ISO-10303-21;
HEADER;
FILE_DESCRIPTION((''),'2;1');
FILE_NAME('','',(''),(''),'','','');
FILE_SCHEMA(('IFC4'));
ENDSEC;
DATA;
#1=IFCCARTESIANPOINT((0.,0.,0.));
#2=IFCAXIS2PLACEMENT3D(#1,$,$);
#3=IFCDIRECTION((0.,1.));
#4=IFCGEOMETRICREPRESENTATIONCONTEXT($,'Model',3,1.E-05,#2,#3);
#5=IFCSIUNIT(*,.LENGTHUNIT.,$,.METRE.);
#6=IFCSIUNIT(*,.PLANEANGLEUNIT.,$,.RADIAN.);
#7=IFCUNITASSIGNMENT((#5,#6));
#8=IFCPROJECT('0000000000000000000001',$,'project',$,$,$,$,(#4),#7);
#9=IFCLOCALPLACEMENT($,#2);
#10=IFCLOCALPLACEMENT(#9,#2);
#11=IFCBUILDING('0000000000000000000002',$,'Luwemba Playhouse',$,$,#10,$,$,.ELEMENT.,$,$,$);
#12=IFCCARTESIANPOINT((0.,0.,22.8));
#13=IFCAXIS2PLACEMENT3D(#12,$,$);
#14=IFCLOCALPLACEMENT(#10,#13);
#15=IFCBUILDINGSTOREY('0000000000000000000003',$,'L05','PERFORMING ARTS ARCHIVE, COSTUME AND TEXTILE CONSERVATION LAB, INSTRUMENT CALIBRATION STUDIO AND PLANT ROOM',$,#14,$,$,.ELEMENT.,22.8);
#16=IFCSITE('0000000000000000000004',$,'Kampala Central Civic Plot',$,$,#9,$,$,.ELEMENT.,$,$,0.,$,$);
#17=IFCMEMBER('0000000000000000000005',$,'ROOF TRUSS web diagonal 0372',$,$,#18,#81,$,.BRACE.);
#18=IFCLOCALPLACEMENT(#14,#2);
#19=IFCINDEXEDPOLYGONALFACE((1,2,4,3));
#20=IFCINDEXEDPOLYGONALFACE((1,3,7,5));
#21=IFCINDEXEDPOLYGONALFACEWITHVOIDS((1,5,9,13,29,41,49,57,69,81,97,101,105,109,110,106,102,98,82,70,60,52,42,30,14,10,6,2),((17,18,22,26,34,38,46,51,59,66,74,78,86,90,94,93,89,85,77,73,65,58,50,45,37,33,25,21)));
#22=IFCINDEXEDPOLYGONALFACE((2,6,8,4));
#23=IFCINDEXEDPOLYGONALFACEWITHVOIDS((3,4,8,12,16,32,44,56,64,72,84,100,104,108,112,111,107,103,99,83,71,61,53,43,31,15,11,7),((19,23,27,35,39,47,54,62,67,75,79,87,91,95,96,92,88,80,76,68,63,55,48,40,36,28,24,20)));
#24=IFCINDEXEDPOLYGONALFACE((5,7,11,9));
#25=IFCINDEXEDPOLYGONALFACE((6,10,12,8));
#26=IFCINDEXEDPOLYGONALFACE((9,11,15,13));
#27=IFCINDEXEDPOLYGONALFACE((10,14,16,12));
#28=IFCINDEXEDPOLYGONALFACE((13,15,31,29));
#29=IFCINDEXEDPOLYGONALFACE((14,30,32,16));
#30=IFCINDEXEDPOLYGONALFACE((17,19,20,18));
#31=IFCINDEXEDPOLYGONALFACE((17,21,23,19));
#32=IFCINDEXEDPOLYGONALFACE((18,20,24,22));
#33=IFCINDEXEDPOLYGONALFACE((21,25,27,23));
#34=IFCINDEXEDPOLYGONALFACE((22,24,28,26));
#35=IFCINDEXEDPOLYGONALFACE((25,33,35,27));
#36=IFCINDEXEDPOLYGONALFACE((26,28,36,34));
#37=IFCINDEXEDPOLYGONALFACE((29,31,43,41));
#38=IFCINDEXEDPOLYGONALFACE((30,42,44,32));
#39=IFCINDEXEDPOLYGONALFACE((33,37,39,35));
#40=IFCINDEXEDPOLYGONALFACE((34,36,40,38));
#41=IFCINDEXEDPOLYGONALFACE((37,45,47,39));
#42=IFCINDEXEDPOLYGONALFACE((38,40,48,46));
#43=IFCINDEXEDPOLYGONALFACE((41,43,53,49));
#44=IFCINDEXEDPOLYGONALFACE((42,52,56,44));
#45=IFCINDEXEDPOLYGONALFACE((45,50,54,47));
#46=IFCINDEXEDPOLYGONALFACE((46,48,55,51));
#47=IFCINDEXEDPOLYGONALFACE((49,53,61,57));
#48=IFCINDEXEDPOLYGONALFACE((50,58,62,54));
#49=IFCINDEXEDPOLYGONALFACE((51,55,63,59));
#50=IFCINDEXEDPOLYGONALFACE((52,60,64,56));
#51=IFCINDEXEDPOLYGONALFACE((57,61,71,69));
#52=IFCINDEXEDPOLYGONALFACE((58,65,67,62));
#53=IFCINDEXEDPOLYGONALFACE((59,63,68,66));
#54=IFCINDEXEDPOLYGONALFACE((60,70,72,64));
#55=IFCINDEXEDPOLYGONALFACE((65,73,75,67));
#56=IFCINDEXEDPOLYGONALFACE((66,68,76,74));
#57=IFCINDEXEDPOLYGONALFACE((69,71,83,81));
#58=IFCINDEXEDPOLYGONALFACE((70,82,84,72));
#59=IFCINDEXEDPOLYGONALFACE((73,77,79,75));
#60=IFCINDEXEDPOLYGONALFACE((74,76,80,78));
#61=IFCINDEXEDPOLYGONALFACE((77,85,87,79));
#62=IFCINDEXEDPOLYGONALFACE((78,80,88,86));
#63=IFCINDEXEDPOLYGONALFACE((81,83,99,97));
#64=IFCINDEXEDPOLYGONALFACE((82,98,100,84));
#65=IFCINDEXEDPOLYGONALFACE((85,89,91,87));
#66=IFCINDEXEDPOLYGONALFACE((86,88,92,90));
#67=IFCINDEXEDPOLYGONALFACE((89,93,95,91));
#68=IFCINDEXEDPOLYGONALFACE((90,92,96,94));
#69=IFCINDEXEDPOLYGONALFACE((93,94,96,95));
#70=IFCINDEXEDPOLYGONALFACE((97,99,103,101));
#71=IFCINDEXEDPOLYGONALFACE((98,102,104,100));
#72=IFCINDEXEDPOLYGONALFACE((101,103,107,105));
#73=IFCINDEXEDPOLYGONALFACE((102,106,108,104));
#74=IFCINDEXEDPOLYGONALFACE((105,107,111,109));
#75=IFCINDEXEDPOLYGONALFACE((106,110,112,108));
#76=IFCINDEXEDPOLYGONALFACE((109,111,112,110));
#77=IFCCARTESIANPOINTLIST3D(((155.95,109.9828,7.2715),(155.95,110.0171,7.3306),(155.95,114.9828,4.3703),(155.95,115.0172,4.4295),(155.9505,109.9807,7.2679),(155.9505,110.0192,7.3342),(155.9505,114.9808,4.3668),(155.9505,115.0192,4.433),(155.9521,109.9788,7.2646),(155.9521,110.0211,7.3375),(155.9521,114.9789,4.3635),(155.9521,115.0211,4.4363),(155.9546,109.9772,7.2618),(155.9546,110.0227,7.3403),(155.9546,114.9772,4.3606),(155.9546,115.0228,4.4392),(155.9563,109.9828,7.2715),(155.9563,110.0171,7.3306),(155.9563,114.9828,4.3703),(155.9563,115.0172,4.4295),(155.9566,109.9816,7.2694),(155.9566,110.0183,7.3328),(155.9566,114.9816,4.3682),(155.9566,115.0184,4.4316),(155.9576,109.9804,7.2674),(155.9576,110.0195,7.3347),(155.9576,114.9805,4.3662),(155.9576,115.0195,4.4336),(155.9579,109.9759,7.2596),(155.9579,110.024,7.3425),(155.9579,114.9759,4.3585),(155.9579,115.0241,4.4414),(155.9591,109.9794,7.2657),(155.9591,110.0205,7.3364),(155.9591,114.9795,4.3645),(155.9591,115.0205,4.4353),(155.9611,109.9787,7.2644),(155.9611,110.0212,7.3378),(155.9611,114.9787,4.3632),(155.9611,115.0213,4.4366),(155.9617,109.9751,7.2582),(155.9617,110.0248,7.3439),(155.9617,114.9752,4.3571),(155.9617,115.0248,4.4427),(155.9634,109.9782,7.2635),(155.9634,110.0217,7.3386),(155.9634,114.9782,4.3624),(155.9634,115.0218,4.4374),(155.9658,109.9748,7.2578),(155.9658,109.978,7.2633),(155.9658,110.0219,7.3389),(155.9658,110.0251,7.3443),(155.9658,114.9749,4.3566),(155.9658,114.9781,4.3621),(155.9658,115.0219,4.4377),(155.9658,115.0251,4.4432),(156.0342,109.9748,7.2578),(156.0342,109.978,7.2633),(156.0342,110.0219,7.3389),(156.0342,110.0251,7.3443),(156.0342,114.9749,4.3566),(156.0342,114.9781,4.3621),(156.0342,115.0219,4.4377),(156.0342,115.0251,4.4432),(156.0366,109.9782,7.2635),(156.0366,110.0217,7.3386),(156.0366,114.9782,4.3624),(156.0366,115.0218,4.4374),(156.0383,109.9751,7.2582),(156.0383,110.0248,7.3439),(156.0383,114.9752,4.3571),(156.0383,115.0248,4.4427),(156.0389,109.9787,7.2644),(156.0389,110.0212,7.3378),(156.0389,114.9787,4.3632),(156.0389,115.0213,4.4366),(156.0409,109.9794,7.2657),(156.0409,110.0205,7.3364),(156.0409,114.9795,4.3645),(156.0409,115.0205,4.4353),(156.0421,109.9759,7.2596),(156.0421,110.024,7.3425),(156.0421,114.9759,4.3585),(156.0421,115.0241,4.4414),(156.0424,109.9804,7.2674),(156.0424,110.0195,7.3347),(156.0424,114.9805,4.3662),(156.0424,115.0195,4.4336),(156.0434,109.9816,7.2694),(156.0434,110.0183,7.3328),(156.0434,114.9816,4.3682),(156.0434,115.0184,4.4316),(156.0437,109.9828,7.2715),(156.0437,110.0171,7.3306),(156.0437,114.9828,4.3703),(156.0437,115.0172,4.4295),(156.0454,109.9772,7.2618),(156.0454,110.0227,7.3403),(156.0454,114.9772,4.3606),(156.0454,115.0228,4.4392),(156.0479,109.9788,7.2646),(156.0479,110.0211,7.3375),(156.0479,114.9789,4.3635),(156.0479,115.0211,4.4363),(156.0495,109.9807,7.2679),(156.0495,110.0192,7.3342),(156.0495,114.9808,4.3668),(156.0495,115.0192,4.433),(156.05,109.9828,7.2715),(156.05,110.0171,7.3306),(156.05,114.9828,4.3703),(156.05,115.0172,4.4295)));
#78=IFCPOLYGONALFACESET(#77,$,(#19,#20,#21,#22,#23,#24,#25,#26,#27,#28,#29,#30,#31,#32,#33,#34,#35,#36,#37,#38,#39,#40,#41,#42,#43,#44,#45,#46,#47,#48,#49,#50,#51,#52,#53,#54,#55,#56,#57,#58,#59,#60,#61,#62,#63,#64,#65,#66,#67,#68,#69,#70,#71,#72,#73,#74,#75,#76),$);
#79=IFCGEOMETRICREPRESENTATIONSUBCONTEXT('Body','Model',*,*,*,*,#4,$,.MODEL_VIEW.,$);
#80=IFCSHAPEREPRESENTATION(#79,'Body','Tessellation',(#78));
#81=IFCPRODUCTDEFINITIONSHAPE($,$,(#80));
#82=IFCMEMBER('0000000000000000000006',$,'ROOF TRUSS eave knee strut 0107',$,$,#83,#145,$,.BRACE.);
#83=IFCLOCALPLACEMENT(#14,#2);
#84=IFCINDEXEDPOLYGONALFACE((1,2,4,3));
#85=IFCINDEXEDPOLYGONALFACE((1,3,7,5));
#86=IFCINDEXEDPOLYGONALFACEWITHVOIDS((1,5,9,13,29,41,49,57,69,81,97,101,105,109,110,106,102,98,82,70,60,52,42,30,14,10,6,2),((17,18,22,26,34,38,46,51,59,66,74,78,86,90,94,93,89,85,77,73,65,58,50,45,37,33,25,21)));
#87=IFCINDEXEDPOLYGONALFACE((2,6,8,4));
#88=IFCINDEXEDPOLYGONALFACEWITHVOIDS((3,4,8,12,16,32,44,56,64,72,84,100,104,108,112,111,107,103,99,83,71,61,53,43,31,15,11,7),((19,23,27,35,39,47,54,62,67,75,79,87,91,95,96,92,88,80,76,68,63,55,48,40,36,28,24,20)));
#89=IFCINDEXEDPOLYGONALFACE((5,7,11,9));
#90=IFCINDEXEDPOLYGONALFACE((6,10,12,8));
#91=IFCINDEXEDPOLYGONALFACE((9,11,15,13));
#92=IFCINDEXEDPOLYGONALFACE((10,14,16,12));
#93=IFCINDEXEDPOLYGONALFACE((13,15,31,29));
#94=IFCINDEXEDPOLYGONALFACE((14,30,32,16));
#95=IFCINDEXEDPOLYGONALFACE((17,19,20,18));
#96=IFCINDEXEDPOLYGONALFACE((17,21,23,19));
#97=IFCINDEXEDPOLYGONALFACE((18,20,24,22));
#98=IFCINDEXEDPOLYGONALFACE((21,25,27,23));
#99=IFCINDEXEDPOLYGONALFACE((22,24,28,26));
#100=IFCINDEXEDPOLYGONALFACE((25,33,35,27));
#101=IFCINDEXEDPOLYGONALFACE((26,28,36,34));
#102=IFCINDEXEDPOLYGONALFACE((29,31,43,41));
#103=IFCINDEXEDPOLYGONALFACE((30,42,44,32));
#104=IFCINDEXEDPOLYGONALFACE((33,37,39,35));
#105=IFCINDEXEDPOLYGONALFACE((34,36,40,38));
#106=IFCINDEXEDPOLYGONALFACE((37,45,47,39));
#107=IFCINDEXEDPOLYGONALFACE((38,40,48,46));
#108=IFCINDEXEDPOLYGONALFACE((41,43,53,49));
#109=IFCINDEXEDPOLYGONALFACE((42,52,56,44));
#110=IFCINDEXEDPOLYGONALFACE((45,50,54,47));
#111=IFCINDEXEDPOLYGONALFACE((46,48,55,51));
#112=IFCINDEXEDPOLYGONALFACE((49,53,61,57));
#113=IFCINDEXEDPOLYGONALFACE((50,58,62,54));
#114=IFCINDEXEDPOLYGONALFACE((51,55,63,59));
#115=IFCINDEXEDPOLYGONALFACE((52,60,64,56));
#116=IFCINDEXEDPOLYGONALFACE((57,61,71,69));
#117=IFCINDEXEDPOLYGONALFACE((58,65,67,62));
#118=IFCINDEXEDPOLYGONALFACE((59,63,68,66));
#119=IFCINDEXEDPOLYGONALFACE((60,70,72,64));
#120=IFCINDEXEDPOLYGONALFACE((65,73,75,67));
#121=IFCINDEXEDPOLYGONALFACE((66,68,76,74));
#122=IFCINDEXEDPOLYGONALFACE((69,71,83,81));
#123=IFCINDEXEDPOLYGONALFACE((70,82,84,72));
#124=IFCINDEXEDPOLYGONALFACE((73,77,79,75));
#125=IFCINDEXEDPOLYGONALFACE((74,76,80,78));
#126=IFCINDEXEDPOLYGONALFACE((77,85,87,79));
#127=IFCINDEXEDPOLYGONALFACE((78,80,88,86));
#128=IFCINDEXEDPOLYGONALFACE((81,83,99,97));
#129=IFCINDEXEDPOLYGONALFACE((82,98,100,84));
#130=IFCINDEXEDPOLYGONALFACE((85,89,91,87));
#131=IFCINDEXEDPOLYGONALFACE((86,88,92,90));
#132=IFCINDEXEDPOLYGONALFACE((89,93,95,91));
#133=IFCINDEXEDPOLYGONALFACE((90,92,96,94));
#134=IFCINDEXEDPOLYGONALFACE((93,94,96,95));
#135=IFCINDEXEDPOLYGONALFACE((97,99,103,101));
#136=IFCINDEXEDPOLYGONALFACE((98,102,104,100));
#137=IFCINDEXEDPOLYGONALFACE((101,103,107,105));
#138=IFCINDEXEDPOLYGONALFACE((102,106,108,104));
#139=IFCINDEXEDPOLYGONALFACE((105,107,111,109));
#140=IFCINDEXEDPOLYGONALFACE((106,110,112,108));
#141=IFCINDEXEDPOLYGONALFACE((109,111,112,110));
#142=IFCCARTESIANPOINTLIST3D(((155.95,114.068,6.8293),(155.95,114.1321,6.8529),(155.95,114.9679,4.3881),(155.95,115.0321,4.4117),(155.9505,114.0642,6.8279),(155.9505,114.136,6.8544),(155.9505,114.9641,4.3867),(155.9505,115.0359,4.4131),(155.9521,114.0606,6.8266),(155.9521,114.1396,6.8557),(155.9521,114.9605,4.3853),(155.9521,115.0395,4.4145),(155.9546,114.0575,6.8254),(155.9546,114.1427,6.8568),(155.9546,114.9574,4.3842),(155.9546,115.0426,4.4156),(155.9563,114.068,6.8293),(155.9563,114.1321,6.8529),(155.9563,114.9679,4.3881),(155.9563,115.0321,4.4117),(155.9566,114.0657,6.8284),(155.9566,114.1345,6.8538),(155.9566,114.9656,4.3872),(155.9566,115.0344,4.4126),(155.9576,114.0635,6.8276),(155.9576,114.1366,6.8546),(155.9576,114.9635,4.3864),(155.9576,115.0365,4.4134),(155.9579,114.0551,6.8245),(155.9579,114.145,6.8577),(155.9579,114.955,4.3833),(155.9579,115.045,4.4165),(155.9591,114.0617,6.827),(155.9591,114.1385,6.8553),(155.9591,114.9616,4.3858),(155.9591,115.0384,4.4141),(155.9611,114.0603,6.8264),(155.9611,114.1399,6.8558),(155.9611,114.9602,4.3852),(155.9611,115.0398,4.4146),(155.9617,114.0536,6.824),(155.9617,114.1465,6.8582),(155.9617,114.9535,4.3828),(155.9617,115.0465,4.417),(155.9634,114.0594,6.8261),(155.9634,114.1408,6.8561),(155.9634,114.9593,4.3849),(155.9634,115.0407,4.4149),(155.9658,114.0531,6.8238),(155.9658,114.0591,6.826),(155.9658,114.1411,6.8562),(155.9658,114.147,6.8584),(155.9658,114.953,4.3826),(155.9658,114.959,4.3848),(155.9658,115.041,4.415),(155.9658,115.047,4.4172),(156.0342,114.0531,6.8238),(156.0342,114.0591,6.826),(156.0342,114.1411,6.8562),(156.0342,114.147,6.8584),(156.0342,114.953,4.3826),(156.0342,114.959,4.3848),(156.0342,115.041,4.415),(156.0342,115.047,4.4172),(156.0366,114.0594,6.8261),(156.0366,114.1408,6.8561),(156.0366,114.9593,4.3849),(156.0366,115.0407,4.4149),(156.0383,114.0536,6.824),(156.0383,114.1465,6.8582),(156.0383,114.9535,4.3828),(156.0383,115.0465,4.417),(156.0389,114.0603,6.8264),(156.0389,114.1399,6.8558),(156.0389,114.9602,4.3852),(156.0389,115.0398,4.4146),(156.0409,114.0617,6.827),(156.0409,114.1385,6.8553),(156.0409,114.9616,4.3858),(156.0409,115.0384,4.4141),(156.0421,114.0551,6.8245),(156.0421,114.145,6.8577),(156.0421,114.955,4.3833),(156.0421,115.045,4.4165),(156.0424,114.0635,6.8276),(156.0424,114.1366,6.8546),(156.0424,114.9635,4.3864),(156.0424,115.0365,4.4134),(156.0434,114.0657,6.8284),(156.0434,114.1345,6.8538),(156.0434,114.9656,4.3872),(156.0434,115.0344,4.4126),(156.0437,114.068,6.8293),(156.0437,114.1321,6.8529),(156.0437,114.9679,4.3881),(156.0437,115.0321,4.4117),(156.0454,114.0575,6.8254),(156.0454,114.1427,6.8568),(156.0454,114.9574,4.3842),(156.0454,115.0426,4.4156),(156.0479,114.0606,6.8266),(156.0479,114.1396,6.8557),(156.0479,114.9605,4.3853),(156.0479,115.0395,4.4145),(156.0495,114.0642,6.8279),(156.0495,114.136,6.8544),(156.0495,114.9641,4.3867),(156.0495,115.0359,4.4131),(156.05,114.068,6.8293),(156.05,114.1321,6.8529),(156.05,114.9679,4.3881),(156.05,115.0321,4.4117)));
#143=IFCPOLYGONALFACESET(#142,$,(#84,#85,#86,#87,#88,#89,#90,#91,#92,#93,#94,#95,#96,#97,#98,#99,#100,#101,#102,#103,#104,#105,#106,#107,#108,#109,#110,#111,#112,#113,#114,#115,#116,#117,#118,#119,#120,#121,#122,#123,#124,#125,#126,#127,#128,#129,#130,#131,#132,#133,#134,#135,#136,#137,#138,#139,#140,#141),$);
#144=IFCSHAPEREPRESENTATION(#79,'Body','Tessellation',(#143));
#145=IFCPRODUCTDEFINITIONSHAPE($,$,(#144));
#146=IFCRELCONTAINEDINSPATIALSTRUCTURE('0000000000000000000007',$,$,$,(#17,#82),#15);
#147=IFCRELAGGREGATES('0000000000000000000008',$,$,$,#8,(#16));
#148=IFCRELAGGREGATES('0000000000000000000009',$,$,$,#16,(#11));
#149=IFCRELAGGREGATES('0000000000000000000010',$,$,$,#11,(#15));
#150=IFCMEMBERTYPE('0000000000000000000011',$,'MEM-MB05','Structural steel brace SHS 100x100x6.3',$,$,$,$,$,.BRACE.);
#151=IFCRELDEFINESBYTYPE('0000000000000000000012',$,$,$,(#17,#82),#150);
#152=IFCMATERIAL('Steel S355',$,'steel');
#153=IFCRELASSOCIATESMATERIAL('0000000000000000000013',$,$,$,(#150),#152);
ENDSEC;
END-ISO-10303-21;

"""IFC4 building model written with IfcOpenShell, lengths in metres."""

from ifc_helpers import new_model, si_unit, direction, frame, origin, origin_2d, place, context, subcontext, project, spatial, hollow_rectangle, extrude, material, material_profile, profile_set, type_object, element, save


model = new_model("IFC4")

# Units and contexts
model_context = context("Model", 3, precision=1e-05, world=origin(), true_north=direction((0.0, 1.0)))
body_context = subcontext(model_context, "Body", "Model", "MODEL_VIEW")
ifc_project = project(units=[si_unit("LENGTHUNIT", "METRE"), si_unit("PLANEANGLEUNIT", "RADIAN")], contexts=[model_context])

# Site, building, storey
site_placement = place(None, origin())
site = spatial("IfcSite", under=ifc_project, at=site_placement, Name="Kampala Central Civic Plot", CompositionType="ELEMENT", RefElevation=0.0)
building_placement = place(site_placement, origin())
building = spatial("IfcBuilding", under=site, at=building_placement, Name="Luwemba Playhouse", CompositionType="ELEMENT")
storey_placement = place(building_placement, frame((0.0, 0.0, 22.8)))
storey = spatial("IfcBuildingStorey", under=building, at=storey_placement, Name="L05", Description="PERFORMING ARTS ARCHIVE, COSTUME AND TEXTILE CONSERVATION LAB, INSTRUMENT CALIBRATION STUDIO AND PLANT ROOM", CompositionType="ELEMENT", Elevation=22.8)

# Shared definitions
ifc_material_1 = material(Name="Steel S355", Category="steel")

# Members
ifc_material_profile_1 = material_profile(ifc_material_1, hollow_rectangle(XDim=0.1001, YDim=0.1001, WallThickness=0.0063, InnerFilletRadius=0.0095, OuterFilletRadius=0.0159, at=origin_2d()))
ifc_profile_set_1 = profile_set([ifc_material_profile_1], Name="Steel S355")
member_type_1 = type_object("IfcMemberType", Name="MEM-MB05", Description="Structural steel brace SHS 100x100x6.3", PredefinedType="BRACE", material=ifc_profile_set_1)
member_1_placement = place(storey_placement, frame((156.0, 115.0, 4.3999), z_axis=(0.0, -0.864947, 0.501863), x_axis=(1.0, 0.0, 0.0)))
element("IfcMember", 1, at=member_1_placement, inside=storey, type_object=member_type_1, Name="ROOF TRUSS web diagonal 0372", PredefinedType="BRACE", context=body_context, shape_type="SweptSolid", body=[
    extrude(hollow_rectangle(XDim=0.1001, YDim=0.1001, WallThickness=0.0063, InnerFilletRadius=0.0095, OuterFilletRadius=0.0159, at=origin_2d()), origin(), (0.0, 0.0, 1.0), 5.7808),
])
member_2_placement = place(storey_placement, frame((156.0, 115.0, 4.3999), z_axis=(0.0, -0.345884, 0.938277), x_axis=(1.0, 0.0, 0.0)))
element("IfcMember", 2, at=member_2_placement, inside=storey, type_object=member_type_1, Name="ROOF TRUSS eave knee strut 0107", PredefinedType="BRACE", context=body_context, shape_type="SweptSolid", body=[
    extrude(hollow_rectangle(XDim=0.1001, YDim=0.1001, WallThickness=0.0063, InnerFilletRadius=0.0095, OuterFilletRadius=0.0159, at=origin_2d()), origin(), (0.0, 0.0, 1.0), 2.6018),
])

save(model, "model.ifc")
